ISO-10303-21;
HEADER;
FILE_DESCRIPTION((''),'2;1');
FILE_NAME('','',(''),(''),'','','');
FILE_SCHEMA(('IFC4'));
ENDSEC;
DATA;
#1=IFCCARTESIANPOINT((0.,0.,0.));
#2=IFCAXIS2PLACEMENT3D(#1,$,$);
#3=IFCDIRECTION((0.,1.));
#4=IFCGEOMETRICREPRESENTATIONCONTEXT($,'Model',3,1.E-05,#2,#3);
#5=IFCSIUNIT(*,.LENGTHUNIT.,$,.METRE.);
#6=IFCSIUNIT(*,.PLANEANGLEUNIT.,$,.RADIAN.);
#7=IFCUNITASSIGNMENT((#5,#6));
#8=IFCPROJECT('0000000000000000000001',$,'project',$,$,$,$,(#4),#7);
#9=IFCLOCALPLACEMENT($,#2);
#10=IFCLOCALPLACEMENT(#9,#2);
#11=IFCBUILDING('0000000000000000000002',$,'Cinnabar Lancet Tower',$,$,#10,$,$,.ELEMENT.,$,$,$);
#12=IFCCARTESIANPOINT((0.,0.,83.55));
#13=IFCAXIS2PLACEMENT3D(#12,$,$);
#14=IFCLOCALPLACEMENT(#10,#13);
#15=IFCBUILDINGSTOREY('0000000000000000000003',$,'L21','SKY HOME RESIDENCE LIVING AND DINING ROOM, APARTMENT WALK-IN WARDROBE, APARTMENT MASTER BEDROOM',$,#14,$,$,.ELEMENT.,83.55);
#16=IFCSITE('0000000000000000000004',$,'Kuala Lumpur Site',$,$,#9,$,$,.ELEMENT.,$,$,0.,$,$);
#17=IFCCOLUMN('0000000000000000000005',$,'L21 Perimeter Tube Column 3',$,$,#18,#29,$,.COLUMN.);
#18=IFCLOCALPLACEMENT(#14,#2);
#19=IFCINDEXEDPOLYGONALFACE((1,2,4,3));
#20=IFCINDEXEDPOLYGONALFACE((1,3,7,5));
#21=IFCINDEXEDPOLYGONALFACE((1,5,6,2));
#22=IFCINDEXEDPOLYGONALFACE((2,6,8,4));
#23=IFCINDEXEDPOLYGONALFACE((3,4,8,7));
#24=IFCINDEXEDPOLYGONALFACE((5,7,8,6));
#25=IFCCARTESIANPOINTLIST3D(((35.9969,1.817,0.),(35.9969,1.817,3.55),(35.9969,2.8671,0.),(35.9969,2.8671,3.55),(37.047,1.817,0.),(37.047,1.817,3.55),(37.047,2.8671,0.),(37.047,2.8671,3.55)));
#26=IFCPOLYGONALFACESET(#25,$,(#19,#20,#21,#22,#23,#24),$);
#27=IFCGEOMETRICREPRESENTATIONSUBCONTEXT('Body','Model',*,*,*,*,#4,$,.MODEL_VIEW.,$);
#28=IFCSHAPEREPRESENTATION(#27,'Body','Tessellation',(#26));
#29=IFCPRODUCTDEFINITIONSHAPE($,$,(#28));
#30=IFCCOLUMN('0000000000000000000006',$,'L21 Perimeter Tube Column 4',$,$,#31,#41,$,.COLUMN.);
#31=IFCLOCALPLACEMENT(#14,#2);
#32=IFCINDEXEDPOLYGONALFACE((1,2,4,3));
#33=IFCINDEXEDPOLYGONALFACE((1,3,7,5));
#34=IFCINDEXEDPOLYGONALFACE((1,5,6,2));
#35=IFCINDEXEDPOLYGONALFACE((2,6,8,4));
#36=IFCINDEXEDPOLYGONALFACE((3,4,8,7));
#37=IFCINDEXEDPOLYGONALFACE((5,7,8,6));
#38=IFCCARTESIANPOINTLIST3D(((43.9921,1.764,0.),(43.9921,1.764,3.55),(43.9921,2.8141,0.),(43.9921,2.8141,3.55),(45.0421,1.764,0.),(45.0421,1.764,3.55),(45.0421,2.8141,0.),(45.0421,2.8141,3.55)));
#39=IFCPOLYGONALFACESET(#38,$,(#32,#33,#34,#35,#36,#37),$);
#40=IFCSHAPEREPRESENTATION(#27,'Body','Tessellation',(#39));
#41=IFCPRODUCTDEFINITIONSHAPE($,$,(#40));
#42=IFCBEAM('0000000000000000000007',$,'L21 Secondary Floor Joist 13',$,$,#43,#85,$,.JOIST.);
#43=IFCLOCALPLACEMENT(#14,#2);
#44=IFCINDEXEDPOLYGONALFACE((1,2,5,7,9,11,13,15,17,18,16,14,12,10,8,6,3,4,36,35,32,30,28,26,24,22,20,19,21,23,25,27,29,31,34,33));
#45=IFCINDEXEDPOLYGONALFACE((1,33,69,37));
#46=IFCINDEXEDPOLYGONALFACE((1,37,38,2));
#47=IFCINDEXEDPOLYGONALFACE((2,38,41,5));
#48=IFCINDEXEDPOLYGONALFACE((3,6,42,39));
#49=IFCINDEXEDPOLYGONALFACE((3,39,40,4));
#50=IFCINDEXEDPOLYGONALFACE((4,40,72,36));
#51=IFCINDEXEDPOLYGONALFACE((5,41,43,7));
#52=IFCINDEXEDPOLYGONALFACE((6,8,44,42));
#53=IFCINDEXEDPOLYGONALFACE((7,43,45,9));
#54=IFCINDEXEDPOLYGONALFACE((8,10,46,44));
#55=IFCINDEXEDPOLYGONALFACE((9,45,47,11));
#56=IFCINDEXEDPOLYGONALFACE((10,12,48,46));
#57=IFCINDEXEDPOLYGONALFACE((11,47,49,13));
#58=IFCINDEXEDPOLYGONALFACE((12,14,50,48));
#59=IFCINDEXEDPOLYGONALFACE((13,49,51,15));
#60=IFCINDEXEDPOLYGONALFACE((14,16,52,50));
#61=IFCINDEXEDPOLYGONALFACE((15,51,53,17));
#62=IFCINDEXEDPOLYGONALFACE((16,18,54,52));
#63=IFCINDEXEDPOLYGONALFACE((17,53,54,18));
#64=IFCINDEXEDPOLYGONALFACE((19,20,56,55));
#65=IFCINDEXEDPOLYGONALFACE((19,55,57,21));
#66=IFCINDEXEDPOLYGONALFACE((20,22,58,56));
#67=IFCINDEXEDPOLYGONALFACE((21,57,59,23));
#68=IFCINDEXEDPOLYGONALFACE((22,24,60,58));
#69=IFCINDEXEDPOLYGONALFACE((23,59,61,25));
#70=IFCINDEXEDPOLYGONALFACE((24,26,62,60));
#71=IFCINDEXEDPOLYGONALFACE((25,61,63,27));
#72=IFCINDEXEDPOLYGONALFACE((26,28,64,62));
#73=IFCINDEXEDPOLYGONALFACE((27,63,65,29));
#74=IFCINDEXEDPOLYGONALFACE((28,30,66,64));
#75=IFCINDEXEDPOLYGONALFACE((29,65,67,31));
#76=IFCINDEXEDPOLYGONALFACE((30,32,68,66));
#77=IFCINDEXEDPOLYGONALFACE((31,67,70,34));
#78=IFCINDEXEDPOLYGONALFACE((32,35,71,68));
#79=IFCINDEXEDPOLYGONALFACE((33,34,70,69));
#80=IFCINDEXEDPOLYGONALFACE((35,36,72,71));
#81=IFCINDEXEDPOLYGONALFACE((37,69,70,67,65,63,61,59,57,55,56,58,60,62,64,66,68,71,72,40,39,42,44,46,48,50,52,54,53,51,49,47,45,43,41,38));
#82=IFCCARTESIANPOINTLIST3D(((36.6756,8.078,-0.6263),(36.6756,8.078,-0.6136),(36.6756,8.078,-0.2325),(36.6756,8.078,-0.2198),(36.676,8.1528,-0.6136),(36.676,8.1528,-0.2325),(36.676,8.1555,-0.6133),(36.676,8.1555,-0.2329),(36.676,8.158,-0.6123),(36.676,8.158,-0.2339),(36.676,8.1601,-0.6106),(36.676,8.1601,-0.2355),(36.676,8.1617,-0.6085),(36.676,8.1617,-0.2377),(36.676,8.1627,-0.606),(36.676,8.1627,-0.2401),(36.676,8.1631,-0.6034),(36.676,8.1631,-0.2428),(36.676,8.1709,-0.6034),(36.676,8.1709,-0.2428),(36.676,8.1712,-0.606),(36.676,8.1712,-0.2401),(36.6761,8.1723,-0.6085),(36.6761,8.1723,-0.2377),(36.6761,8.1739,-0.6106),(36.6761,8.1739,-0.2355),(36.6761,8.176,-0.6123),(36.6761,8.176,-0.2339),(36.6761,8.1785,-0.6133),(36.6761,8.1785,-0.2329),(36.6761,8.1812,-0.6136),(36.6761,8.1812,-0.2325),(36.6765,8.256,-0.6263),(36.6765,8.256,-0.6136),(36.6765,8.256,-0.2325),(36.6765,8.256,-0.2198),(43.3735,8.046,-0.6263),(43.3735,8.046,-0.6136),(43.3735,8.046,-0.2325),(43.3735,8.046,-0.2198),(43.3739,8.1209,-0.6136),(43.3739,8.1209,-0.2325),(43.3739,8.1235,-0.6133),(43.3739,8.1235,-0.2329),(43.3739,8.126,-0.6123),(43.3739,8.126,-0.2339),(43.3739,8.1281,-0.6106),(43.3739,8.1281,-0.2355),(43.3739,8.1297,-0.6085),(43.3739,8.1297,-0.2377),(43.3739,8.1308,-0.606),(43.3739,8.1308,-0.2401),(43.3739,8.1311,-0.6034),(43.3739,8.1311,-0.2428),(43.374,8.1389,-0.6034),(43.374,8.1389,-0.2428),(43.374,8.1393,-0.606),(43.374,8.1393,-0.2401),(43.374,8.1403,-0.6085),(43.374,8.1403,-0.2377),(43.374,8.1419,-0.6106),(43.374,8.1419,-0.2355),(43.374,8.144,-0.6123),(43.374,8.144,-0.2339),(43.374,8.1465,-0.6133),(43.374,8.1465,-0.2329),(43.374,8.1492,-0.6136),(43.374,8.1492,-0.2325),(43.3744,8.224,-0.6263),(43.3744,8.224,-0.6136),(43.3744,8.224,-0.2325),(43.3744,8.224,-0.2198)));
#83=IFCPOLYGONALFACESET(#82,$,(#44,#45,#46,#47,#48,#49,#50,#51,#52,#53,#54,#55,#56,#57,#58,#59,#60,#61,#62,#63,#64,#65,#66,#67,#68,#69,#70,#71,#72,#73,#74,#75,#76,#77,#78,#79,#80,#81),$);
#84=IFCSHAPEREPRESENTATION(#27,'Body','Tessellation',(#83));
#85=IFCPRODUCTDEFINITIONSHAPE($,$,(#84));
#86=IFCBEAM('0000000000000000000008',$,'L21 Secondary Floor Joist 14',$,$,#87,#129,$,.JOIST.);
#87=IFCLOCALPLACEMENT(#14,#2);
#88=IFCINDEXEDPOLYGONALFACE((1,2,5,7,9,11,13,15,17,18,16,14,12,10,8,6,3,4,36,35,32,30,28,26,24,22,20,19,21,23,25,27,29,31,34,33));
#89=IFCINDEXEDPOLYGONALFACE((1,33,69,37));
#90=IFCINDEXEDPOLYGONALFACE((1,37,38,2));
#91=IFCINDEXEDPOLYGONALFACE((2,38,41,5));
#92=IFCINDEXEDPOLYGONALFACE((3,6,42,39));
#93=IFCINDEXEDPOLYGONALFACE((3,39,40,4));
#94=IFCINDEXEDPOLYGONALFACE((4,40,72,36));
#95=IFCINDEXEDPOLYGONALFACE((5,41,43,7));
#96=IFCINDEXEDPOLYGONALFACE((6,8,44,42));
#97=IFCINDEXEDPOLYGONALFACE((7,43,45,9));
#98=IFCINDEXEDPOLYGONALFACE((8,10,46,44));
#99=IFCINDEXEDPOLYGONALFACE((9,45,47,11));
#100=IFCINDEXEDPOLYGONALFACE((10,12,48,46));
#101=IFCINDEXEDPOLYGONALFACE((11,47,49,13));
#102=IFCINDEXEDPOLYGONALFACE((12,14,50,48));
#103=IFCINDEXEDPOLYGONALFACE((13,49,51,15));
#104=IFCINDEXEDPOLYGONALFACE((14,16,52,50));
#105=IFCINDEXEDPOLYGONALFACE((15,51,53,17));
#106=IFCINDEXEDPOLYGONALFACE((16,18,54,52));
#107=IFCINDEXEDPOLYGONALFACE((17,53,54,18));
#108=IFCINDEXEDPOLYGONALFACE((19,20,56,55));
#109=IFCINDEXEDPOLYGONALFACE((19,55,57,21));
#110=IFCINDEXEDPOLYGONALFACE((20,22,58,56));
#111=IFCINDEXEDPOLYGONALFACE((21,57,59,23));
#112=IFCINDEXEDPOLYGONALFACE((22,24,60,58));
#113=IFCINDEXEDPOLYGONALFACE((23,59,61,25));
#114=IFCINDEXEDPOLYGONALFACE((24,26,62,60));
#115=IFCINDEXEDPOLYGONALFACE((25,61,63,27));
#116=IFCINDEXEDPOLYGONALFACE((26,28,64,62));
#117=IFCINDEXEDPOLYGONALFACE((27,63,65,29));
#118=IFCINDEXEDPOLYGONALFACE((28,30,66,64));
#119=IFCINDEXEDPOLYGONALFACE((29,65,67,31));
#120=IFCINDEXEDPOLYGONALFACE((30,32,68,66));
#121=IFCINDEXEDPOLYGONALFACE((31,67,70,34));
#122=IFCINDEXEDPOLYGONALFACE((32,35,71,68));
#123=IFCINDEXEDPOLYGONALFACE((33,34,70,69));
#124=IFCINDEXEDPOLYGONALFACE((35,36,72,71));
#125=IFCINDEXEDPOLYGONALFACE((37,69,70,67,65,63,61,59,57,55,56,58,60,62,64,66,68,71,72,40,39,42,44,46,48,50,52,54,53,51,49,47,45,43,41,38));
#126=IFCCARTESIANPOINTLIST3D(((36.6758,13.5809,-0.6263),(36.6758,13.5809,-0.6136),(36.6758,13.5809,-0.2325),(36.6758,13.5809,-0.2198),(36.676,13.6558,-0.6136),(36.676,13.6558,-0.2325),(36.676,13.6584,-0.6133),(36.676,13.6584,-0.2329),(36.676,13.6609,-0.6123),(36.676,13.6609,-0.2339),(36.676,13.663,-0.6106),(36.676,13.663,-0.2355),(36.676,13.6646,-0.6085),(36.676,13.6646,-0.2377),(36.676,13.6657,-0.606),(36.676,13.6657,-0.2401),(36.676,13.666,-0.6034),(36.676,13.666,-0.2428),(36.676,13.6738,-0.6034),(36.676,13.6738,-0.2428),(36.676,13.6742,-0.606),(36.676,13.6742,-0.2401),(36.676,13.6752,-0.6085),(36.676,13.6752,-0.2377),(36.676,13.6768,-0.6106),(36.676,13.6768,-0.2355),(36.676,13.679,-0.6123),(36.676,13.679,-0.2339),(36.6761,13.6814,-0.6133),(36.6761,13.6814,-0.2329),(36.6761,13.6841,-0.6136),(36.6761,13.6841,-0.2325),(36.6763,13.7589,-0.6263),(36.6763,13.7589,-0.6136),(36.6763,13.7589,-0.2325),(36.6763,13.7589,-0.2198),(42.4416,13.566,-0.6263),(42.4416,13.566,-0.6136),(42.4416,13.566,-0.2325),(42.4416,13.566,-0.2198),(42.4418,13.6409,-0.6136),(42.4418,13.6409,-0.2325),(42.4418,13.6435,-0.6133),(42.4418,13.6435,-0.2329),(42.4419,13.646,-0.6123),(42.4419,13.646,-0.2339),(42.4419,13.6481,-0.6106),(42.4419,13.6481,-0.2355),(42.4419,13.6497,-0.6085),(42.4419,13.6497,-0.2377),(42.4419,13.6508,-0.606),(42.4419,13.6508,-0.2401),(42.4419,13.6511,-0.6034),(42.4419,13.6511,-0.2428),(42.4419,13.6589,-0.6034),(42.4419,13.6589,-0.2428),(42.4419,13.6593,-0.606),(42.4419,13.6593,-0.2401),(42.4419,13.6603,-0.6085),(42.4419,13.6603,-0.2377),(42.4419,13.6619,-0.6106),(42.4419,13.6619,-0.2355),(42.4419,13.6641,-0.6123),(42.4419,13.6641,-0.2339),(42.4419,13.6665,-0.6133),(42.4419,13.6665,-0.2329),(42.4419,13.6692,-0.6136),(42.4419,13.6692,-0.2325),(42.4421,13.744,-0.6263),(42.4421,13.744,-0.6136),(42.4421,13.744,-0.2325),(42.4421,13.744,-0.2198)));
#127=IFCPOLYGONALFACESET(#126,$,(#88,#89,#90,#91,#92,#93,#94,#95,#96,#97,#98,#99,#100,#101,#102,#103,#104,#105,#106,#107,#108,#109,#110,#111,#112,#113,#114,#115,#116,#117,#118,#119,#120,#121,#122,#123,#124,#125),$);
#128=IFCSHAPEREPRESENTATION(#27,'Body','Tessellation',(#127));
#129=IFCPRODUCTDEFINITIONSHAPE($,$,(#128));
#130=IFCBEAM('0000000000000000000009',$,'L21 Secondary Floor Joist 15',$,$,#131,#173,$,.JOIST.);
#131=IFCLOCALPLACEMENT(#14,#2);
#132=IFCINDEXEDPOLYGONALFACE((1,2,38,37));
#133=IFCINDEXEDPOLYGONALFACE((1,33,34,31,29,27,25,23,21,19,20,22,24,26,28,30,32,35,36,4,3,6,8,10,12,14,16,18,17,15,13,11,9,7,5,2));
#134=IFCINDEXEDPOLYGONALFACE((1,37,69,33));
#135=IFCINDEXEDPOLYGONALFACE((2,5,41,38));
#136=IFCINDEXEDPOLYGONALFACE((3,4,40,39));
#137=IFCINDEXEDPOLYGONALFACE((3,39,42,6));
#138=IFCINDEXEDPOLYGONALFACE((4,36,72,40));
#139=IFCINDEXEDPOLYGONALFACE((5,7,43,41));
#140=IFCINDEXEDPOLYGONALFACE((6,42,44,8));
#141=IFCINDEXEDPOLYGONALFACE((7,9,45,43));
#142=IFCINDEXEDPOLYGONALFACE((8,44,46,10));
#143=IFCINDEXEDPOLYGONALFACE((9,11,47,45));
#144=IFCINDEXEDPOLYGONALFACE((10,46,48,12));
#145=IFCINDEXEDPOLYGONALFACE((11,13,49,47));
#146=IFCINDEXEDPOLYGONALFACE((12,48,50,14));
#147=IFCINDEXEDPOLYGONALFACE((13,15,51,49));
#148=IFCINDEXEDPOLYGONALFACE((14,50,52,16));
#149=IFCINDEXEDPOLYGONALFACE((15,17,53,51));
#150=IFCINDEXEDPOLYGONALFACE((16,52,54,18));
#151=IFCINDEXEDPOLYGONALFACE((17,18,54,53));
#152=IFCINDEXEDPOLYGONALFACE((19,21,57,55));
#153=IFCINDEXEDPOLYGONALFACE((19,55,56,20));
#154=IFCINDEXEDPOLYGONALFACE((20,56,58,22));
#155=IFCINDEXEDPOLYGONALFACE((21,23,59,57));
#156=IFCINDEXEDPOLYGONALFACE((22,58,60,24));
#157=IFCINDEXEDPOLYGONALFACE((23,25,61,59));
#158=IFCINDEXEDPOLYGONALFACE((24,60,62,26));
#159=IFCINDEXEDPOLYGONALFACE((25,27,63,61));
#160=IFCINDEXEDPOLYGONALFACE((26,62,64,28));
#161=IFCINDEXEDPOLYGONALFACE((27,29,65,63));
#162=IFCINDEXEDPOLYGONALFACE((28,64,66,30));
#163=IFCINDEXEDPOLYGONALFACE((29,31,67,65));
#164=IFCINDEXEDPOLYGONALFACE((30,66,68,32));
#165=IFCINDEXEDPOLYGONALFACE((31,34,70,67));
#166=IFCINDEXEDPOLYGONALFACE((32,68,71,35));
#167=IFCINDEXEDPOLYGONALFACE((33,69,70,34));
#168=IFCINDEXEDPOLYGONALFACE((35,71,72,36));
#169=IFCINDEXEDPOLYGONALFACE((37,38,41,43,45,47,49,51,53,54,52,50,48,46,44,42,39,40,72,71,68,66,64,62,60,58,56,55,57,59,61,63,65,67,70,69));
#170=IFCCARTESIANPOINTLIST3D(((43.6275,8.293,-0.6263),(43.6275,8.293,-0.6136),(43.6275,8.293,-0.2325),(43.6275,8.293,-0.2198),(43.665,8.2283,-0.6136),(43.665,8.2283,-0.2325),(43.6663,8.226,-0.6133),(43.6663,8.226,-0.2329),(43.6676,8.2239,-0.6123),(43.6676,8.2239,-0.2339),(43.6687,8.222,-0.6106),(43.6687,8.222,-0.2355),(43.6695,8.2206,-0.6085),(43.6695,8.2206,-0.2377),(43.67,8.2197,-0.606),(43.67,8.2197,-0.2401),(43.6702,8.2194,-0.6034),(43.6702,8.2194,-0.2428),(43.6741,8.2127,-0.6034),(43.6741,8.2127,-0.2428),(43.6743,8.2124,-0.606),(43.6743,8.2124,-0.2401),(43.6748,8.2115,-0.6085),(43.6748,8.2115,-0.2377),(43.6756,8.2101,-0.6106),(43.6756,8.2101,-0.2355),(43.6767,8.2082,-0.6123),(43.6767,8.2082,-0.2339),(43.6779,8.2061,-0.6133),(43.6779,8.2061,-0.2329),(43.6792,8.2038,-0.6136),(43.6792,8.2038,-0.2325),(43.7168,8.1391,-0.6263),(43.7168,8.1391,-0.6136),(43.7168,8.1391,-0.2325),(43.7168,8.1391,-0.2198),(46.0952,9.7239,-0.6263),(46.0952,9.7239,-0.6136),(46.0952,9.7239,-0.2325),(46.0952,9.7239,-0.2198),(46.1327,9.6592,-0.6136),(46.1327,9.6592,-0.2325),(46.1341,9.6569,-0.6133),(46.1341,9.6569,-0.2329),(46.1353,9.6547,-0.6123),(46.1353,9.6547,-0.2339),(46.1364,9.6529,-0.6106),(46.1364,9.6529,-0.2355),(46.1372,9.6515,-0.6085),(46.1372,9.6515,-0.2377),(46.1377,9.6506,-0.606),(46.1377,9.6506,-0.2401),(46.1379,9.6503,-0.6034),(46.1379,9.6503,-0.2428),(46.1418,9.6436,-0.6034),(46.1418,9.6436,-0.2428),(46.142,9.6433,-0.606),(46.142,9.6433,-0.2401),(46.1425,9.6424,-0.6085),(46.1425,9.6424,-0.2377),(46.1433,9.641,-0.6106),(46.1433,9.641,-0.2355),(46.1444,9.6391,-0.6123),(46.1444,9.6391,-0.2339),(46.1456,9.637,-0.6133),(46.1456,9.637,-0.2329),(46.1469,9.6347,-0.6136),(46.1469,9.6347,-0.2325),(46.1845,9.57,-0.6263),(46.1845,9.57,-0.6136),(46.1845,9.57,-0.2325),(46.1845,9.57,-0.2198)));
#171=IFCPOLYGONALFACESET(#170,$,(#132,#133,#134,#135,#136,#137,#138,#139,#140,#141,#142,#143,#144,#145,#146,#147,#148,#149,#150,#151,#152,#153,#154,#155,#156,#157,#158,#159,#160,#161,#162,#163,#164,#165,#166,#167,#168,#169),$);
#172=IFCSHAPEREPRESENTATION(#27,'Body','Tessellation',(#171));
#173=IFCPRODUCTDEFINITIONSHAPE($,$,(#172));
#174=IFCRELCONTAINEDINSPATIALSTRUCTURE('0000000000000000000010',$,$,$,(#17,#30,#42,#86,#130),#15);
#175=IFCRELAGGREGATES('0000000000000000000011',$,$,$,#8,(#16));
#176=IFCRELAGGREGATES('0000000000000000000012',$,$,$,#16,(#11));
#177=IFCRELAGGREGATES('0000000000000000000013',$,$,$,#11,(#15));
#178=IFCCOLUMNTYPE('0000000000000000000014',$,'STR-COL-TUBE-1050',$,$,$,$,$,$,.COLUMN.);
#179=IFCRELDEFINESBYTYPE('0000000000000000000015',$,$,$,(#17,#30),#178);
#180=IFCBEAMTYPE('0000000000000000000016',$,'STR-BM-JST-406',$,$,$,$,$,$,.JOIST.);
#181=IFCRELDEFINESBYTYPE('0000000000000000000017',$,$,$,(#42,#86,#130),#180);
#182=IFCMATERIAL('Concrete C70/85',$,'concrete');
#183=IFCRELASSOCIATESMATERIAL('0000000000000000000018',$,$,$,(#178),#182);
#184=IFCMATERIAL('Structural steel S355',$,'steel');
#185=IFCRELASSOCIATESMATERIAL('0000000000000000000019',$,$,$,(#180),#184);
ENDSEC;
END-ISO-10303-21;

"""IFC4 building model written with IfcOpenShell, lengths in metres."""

from ifc_helpers import new_model, si_unit, direction, frame, origin, origin_2d, place, context, subcontext, project, spatial, rectangle, i_section, extrude, material, material_profile, profile_set, type_object, element, save


model = new_model("IFC4")

# Units and contexts
model_context = context("Model", 3, precision=1e-05, world=origin(), true_north=direction((0.0, 1.0)))
body_context = subcontext(model_context, "Body", "Model", "MODEL_VIEW")
ifc_project = project(units=[si_unit("LENGTHUNIT", "METRE"), si_unit("PLANEANGLEUNIT", "RADIAN")], contexts=[model_context])

# Site, building, storey
site_placement = place(None, origin())
site = spatial("IfcSite", under=ifc_project, at=site_placement, Name="Kuala Lumpur Site", CompositionType="ELEMENT", RefElevation=0.0)
building_placement = place(site_placement, origin())
building = spatial("IfcBuilding", under=site, at=building_placement, Name="Cinnabar Lancet Tower", CompositionType="ELEMENT")
storey_placement = place(building_placement, frame((0.0, 0.0, 83.55)))
storey = spatial("IfcBuildingStorey", under=building, at=storey_placement, Name="L21", Description="SKY HOME RESIDENCE LIVING AND DINING ROOM, APARTMENT WALK-IN WARDROBE, APARTMENT MASTER BEDROOM", CompositionType="ELEMENT", Elevation=83.55)

# Columns
ifc_material_1 = material(Name="Concrete C70/85", Category="concrete")
ifc_material_profile_1 = material_profile(ifc_material_1, rectangle(XDim=1.05, YDim=1.05, at=origin_2d()), Name="RC-COL 1050x1050")
ifc_profile_set_1 = profile_set([ifc_material_profile_1], Name="Concrete C70/85")
column_type = type_object("IfcColumnType", Name="STR-COL-TUBE-1050", PredefinedType="COLUMN", material=ifc_profile_set_1)
for number, where, z_axis, x_axis, name in (
    (1, (36.522, 2.342, 0.0), (0.0, 0.0, 1.0), (1.0, 0.0, 0.0), "L21 Perimeter Tube Column 3"),
    (2, (44.5171, 2.2891, 0.0), (0.0, 0.0, 1.0), (1.0, 0.0, 0.0), "L21 Perimeter Tube Column 4"),
):
    element("IfcColumn", number, at=place(storey_placement, frame(where, z_axis=z_axis, x_axis=x_axis)), inside=storey, type_object=column_type, Name=name, PredefinedType="COLUMN", context=body_context, shape_type="SweptSolid", body=[
        extrude(rectangle(XDim=1.05, YDim=1.05, at=origin_2d()), origin(), (0.0, 0.0, 1.0), 3.55),
    ])

# Beams
ifc_material_2 = material(Name="Structural steel S355", Category="steel")
ifc_material_profile_2 = material_profile(ifc_material_2, i_section(OverallWidth=0.178, OverallDepth=0.4065, WebThickness=0.0078, FlangeThickness=0.0127, FilletRadius=0.0103, at=origin_2d()), Name="UKB 406x178x60")
ifc_profile_set_2 = profile_set([ifc_material_profile_2], Name="Structural steel S355")
beam_type_1 = type_object("IfcBeamType", Name="STR-BM-JST-406", PredefinedType="JOIST", material=ifc_profile_set_2)
beam_1_placement = place(storey_placement, frame((36.676, 8.167, -0.4231), z_axis=(0.999989, -0.004775, 0.0), x_axis=(0.004775, 0.999989, 0.0)))
element("IfcBeam", 3, at=beam_1_placement, inside=storey, type_object=beam_type_1, Name="L21 Secondary Floor Joist 13", PredefinedType="JOIST", context=body_context, shape_type="SweptSolid", body=[
    extrude(i_section(OverallWidth=0.178, OverallDepth=0.4065, WebThickness=0.0078, FlangeThickness=0.0127, FilletRadius=0.0103, at=origin_2d()), origin(), (0.0, 0.0, 1.0), 6.698),
])
beam_2_placement = place(storey_placement, frame((36.676, 13.6699, -0.4231), z_axis=(0.999997, -0.002583, 0.0), x_axis=(0.002583, 0.999997, 0.0)))
element("IfcBeam", 4, at=beam_2_placement, inside=storey, type_object=beam_type_1, Name="L21 Secondary Floor Joist 14", PredefinedType="JOIST", context=body_context, shape_type="SweptSolid", body=[
    extrude(i_section(OverallWidth=0.178, OverallDepth=0.4065, WebThickness=0.0078, FlangeThickness=0.0127, FilletRadius=0.0103, at=origin_2d()), origin(), (0.0, 0.0, 1.0), 5.7659),
])
beam_3_placement = place(storey_placement, frame((43.6721, 8.2161, -0.4231), z_axis=(0.865092, 0.501613, 0.0), x_axis=(-0.501613, 0.865092, 0.0)))
element("IfcBeam", 5, at=beam_3_placement, inside=storey, type_object=beam_type_1, Name="L21 Secondary Floor Joist 15", PredefinedType="JOIST", context=body_context, shape_type="SweptSolid", body=[
    extrude(i_section(OverallWidth=0.178, OverallDepth=0.4065, WebThickness=0.0078, FlangeThickness=0.0127, FilletRadius=0.0103, at=origin_2d()), origin(), (0.0, 0.0, 1.0), 2.8525),
])

save(model, "model.ifc")
